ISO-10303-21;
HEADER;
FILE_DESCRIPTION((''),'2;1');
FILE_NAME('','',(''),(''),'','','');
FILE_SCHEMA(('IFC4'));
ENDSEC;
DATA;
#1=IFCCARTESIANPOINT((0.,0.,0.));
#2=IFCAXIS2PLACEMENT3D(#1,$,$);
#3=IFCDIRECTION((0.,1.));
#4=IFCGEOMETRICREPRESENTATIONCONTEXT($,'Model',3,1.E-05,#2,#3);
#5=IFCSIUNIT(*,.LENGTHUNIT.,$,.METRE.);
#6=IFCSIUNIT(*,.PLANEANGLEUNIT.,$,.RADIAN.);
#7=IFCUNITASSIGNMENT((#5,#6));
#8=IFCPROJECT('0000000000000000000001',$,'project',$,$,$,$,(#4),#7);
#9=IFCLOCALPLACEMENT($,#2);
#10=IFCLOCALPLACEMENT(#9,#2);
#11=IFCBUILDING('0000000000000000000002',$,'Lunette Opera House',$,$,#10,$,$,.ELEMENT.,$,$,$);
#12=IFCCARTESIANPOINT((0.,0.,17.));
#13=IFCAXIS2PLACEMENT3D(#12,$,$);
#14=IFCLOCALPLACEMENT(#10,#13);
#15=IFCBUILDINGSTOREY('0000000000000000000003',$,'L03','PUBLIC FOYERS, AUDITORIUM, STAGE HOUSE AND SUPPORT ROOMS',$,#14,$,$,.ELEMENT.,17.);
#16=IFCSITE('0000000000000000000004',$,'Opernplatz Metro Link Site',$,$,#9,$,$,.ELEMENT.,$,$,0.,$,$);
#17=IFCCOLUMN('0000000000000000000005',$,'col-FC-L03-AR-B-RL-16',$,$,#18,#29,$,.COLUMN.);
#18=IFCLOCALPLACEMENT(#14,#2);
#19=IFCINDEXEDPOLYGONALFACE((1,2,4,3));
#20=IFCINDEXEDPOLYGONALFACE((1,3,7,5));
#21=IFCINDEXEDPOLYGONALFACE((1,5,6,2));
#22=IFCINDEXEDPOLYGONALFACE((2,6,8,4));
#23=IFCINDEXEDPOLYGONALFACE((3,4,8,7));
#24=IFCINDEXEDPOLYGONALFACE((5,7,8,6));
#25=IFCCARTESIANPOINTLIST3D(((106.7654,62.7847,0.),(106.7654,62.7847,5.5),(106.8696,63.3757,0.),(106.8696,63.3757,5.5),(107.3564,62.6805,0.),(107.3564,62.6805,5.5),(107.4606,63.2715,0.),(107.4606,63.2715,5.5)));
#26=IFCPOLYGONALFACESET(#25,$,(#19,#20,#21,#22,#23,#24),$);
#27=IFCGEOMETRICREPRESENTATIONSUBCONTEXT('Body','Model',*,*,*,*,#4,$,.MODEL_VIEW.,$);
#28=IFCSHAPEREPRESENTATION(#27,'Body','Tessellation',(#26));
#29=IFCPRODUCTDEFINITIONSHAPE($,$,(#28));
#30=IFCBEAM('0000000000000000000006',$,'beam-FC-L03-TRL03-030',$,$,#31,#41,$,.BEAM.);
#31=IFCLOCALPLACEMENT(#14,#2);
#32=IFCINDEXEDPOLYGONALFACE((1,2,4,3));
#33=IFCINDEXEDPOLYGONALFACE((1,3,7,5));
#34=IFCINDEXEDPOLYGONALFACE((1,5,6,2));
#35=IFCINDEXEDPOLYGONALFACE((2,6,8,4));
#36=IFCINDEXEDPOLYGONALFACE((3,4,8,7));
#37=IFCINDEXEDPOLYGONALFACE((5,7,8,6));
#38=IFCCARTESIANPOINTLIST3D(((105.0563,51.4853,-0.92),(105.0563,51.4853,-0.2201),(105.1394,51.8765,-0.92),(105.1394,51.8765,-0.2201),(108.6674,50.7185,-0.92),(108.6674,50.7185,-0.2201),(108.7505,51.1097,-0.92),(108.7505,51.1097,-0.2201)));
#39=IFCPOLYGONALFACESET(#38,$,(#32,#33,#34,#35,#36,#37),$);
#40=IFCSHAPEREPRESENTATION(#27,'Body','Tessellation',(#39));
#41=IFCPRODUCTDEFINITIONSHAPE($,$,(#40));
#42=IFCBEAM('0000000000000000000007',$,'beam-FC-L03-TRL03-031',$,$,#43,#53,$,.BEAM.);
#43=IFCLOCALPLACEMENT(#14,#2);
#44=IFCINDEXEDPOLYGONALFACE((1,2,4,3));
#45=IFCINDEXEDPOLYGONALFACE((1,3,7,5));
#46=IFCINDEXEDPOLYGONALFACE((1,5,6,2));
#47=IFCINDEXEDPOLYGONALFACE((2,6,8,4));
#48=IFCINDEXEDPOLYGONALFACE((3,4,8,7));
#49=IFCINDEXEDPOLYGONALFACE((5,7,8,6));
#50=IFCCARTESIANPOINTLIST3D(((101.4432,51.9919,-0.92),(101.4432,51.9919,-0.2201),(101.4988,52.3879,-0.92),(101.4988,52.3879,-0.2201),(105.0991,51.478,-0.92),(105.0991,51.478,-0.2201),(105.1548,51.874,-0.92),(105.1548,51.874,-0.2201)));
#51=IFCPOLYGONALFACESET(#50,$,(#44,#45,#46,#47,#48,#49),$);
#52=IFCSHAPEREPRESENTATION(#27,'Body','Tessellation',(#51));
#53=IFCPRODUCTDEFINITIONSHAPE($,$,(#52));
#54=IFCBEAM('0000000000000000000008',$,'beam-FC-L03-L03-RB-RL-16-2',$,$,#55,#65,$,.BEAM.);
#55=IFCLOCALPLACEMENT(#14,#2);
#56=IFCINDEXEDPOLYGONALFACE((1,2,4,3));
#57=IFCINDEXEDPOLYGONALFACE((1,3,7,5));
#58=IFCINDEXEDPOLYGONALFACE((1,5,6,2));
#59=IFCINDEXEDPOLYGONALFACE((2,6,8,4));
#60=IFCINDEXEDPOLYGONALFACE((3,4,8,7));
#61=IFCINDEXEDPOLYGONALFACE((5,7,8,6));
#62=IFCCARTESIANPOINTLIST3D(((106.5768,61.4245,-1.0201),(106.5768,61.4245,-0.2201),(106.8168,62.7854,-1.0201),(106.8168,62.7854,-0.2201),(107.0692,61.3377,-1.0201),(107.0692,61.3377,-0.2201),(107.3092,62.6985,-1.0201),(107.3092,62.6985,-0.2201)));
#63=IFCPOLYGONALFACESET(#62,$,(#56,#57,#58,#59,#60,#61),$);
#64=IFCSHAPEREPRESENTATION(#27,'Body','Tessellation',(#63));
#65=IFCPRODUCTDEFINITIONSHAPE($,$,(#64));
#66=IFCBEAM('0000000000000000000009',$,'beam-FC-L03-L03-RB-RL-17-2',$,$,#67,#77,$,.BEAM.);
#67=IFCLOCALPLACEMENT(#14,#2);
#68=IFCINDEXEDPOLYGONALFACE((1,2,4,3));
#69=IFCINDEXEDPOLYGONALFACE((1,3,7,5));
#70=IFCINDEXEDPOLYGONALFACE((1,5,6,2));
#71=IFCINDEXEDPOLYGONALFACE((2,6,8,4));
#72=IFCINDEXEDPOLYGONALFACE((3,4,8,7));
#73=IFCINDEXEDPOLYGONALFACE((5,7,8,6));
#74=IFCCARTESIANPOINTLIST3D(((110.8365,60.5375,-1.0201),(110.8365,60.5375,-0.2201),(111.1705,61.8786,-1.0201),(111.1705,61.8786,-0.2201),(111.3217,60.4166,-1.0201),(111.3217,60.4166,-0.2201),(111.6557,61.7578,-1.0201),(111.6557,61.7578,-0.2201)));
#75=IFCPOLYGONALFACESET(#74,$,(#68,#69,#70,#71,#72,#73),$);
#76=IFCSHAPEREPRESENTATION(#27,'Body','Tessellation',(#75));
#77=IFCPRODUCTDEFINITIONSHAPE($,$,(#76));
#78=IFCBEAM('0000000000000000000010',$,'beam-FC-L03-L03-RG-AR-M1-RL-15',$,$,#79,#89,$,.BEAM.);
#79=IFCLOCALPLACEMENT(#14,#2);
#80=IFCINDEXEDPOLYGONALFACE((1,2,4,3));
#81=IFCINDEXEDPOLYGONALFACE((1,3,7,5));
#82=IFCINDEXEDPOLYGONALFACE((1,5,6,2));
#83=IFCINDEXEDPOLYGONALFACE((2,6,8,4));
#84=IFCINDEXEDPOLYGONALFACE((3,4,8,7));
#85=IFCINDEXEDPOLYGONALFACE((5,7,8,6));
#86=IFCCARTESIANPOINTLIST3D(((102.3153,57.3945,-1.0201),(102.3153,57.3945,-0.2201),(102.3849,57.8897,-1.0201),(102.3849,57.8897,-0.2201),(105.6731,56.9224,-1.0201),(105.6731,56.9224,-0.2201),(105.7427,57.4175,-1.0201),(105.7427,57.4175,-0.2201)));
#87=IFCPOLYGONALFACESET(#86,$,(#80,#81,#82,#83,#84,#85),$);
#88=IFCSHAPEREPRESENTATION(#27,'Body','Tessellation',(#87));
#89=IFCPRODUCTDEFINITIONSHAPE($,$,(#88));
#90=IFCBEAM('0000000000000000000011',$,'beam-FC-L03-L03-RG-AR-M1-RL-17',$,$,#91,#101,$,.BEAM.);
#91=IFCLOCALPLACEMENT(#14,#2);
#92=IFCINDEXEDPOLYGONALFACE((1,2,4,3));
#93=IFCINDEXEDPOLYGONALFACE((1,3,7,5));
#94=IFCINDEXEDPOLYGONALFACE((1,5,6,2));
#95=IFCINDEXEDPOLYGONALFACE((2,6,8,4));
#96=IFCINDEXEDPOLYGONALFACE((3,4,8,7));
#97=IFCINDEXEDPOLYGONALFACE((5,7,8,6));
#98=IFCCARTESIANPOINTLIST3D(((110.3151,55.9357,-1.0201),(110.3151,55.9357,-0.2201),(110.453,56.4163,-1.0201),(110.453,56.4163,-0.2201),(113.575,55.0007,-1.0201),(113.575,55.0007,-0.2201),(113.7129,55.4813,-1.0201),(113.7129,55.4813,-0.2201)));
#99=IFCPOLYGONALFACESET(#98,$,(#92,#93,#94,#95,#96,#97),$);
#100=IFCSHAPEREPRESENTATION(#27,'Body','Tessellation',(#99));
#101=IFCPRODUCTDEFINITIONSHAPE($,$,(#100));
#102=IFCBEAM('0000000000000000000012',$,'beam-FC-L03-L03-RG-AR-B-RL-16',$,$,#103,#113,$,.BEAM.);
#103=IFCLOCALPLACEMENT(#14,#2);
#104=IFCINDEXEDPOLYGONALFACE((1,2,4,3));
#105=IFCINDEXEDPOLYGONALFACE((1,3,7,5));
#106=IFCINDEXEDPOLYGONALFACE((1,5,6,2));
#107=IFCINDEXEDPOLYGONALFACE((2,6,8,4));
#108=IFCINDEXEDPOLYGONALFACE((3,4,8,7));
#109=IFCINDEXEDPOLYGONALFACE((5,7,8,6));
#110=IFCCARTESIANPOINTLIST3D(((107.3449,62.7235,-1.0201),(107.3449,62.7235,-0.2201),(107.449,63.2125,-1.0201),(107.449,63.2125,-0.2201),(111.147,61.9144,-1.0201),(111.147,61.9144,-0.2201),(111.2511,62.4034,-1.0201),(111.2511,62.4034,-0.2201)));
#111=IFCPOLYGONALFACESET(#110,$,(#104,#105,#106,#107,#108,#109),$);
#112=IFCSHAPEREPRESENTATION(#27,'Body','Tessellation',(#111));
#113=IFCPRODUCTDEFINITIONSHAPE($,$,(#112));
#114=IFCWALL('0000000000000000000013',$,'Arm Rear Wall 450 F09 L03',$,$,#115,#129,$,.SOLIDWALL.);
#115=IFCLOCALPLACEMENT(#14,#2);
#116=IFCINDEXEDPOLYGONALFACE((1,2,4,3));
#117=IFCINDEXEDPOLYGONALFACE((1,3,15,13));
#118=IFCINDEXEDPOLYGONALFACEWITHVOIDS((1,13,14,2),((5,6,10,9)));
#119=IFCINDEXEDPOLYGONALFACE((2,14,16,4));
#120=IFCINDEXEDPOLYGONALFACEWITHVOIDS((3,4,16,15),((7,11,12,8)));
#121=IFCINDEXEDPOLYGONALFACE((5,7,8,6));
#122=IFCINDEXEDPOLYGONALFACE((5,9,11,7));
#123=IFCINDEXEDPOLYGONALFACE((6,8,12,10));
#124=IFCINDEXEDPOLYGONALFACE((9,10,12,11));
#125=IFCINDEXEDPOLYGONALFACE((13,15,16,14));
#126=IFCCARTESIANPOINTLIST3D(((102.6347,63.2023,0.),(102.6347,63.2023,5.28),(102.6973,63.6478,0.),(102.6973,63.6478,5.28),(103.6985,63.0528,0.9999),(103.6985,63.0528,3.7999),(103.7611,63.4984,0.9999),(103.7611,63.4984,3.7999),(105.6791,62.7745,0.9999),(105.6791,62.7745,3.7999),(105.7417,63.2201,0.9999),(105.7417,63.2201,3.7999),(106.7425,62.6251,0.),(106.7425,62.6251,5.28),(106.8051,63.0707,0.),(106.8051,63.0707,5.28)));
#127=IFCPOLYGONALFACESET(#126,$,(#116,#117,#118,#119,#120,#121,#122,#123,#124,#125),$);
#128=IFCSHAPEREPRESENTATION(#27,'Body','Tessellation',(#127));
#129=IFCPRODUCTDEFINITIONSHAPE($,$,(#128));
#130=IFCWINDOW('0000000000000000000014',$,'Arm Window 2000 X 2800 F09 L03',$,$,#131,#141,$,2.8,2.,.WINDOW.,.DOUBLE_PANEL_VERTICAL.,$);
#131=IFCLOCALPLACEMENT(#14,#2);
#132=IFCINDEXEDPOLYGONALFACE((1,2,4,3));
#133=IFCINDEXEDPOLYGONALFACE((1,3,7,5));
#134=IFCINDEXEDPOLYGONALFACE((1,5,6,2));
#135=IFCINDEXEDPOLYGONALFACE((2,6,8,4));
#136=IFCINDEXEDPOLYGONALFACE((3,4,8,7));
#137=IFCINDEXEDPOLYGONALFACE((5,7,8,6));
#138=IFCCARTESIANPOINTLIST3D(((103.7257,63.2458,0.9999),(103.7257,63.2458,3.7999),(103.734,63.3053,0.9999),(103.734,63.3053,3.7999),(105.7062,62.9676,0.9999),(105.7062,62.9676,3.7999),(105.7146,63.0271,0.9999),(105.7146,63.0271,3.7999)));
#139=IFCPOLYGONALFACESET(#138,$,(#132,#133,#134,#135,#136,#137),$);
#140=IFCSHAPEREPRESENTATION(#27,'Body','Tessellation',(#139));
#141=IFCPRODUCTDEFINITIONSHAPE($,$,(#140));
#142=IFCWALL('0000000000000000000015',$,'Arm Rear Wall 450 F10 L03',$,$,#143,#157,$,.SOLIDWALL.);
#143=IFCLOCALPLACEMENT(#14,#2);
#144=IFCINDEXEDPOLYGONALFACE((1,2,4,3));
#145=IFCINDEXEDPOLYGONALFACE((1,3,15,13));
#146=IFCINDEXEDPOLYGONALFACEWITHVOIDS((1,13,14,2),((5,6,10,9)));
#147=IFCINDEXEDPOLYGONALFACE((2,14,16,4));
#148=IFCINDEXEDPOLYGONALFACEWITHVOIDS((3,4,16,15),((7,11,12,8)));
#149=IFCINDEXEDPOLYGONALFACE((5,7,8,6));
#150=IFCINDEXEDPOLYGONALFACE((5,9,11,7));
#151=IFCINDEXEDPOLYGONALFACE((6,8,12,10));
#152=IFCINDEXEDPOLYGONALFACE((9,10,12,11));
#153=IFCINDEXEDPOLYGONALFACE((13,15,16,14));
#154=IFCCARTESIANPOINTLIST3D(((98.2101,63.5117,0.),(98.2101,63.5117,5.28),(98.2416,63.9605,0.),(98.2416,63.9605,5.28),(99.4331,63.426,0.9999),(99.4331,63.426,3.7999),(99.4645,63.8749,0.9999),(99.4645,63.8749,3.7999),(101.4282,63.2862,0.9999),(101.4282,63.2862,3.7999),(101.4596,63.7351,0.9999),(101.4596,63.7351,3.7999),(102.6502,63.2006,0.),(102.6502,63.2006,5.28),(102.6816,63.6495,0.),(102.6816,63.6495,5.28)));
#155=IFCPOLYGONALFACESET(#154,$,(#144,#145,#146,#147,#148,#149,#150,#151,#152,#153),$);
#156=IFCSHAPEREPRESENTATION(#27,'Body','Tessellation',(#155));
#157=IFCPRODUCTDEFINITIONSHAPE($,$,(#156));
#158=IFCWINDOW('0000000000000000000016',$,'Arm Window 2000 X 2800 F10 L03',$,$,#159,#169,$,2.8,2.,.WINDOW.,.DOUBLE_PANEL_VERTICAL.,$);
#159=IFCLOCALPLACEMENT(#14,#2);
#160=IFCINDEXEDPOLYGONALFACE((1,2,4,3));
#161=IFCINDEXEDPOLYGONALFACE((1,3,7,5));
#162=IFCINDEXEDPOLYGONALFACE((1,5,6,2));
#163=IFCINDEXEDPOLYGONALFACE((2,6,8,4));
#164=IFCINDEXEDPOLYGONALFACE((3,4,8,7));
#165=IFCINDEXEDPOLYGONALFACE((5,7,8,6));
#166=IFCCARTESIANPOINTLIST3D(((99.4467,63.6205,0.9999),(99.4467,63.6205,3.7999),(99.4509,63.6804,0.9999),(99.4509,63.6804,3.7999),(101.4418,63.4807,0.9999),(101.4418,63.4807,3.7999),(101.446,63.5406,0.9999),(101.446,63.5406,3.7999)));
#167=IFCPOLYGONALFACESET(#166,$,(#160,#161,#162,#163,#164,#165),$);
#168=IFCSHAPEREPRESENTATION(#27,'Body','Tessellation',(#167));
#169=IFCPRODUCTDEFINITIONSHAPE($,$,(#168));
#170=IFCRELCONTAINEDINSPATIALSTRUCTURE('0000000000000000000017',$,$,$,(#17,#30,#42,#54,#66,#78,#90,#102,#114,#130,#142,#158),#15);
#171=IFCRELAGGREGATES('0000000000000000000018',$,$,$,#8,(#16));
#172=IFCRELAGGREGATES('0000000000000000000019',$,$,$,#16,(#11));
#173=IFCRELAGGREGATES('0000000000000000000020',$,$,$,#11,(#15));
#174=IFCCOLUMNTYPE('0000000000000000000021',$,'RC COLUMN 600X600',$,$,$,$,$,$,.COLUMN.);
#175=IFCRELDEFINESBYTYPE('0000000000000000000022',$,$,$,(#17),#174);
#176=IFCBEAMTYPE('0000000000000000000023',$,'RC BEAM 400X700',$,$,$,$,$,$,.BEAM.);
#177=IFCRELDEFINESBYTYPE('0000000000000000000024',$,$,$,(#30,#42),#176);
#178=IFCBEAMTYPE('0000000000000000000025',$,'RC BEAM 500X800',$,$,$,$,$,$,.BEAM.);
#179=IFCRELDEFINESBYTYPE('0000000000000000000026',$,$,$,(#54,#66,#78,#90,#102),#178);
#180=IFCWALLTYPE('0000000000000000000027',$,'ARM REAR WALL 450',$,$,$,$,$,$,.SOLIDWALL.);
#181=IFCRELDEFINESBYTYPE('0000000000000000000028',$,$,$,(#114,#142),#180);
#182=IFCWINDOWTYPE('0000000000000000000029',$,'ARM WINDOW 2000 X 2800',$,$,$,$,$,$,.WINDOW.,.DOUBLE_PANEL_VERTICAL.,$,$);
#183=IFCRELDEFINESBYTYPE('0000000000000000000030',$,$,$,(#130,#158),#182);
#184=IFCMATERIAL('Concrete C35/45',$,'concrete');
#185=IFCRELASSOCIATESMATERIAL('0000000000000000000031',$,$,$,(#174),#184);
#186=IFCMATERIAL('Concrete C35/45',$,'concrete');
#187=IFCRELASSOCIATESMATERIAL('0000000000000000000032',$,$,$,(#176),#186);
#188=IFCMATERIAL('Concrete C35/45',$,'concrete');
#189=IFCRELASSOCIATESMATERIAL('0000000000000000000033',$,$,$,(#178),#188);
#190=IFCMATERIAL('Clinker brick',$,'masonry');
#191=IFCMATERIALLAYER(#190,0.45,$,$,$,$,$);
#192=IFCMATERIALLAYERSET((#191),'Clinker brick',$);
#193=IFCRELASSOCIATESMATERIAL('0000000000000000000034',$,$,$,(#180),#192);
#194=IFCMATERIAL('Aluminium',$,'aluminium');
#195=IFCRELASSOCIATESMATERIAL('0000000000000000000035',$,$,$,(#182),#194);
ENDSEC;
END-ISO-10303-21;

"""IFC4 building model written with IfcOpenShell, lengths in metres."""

from ifc_helpers import new_model, si_unit, direction, frame, frame_2d, origin, origin_2d, place, context, subcontext, project, spatial, rectangle, extrude, material, layer, layer_set, material_profile, profile_set, type_object, element, fill, save


model = new_model("IFC4")

# Units and contexts
model_context = context("Model", 3, precision=1e-05, world=origin(), true_north=direction((0.0, 1.0)))
body_context = subcontext(model_context, "Body", "Model", "MODEL_VIEW")
ifc_project = project(units=[si_unit("LENGTHUNIT", "METRE"), si_unit("PLANEANGLEUNIT", "RADIAN")], contexts=[model_context])

# Site, building, storey
site_placement = place(None, origin())
site = spatial("IfcSite", under=ifc_project, at=site_placement, Name="Opernplatz Metro Link Site", CompositionType="ELEMENT", RefElevation=0.0)
building_placement = place(site_placement, origin())
building = spatial("IfcBuilding", under=site, at=building_placement, Name="Lunette Opera House", CompositionType="ELEMENT")
storey_placement = place(building_placement, frame((0.0, 0.0, 17.0)))
storey = spatial("IfcBuildingStorey", under=building, at=storey_placement, Name="L03", Description="PUBLIC FOYERS, AUDITORIUM, STAGE HOUSE AND SUPPORT ROOMS", CompositionType="ELEMENT", Elevation=17.0)

# Column
ifc_material_1 = material(Name="Concrete C35/45", Category="concrete")
ifc_material_profile_1 = material_profile(ifc_material_1, rectangle(XDim=0.6001, YDim=0.6001, at=origin_2d()), Name="RC COLUMN 600X600")
ifc_profile_set_1 = profile_set([ifc_material_profile_1], Name="Concrete C35/45")
column_type = type_object("IfcColumnType", Name="RC COLUMN 600X600", PredefinedType="COLUMN", material=ifc_profile_set_1)
column_placement = place(storey_placement, frame((107.113, 63.0281, 0.0), z_axis=(0.0, 0.0, 1.0), x_axis=(0.984808, -0.173648, 0.0)))
element("IfcColumn", 1, at=column_placement, inside=storey, type_object=column_type, Name="col-FC-L03-AR-B-RL-16", PredefinedType="COLUMN", context=body_context, shape_type="SweptSolid", body=[
    extrude(rectangle(XDim=0.6001, YDim=0.6001, at=origin_2d()), origin(), (0.0, 0.0, 1.0), 5.5),
])

# Beams
ifc_material_2 = material(Name="Concrete C35/45", Category="concrete")
ifc_material_profile_2 = material_profile(ifc_material_2, rectangle(XDim=0.3999, YDim=0.7, at=origin_2d()), Name="RC BEAM 400X700")
ifc_profile_set_2 = profile_set([ifc_material_profile_2], Name="Concrete C35/45")
beam_type_1 = type_object("IfcBeamType", Name="RC BEAM 400X700", PredefinedType="BEAM", material=ifc_profile_set_2)
beam_1_placement = place(storey_placement, frame((108.709, 50.9141, -0.5701), z_axis=(-0.978187, 0.207727, 0.0), x_axis=(-0.207727, -0.978187, 0.0)))
element("IfcBeam", 2, at=beam_1_placement, inside=storey, type_object=beam_type_1, Name="beam-FC-L03-TRL03-030", PredefinedType="BEAM", context=body_context, shape_type="SweptSolid", body=[
    extrude(rectangle(XDim=0.3999, YDim=0.7, at=origin_2d()), origin(), (0.0, 0.0, 1.0), 3.6917),
])
beam_2_placement = place(storey_placement, frame((105.127, 51.676, -0.5701), z_axis=(-0.990264, 0.139199, 0.0), x_axis=(-0.139199, -0.990264, 0.0)))
element("IfcBeam", 3, at=beam_2_placement, inside=storey, type_object=beam_type_1, Name="beam-FC-L03-TRL03-031", PredefinedType="BEAM", context=body_context, shape_type="SweptSolid", body=[
    extrude(rectangle(XDim=0.3999, YDim=0.7, at=origin_2d()), origin(), (0.0, 0.0, 1.0), 3.6919),
])
ifc_material_3 = material(Name="Concrete C35/45", Category="concrete")
ifc_material_profile_3 = material_profile(ifc_material_3, rectangle(XDim=0.5, YDim=0.8, at=origin_2d()), Name="RC BEAM 500X800")
ifc_profile_set_3 = profile_set([ifc_material_profile_3], Name="Concrete C35/45")
beam_type_2 = type_object("IfcBeamType", Name="RC BEAM 500X800", PredefinedType="BEAM", material=ifc_profile_set_3)
beam_3_placement = place(storey_placement, frame((106.823, 61.3811, -0.6201), z_axis=(0.173674, 0.984803, 0.0), x_axis=(-0.984803, 0.173674, 0.0)))
element("IfcBeam", 4, at=beam_3_placement, inside=storey, type_object=beam_type_2, Name="beam-FC-L03-L03-RB-RL-16-2", PredefinedType="BEAM", context=body_context, shape_type="SweptSolid", body=[
    extrude(rectangle(XDim=0.5, YDim=0.8, at=origin_2d()), origin(), (0.0, 0.0, 1.0), 1.3818),
])
beam_4_placement = place(storey_placement, frame((111.0791, 60.4771, -0.6201), z_axis=(0.241663, 0.97036, 0.0), x_axis=(-0.97036, 0.241663, 0.0)))
element("IfcBeam", 5, at=beam_4_placement, inside=storey, type_object=beam_type_2, Name="beam-FC-L03-L03-RB-RL-17-2", PredefinedType="BEAM", context=body_context, shape_type="SweptSolid", body=[
    extrude(rectangle(XDim=0.5, YDim=0.8, at=origin_2d()), origin(), (0.0, 0.0, 1.0), 1.3821),
])
beam_5_placement = place(storey_placement, frame((102.3501, 57.6421, -0.6201), z_axis=(0.990258, -0.139244, 0.0), x_axis=(0.139244, 0.990258, 0.0)))
element("IfcBeam", 6, at=beam_5_placement, inside=storey, type_object=beam_type_2, Name="beam-FC-L03-L03-RG-AR-M1-RL-15", PredefinedType="BEAM", context=body_context, shape_type="SweptSolid", body=[
    extrude(rectangle(XDim=0.5, YDim=0.8, at=origin_2d()), origin(), (0.0, 0.0, 1.0), 3.3909),
])
beam_6_placement = place(storey_placement, frame((110.384, 56.176, -0.6201), z_axis=(0.961241, -0.27571, 0.0), x_axis=(0.27571, 0.961241, 0.0)))
element("IfcBeam", 7, at=beam_6_placement, inside=storey, type_object=beam_type_2, Name="beam-FC-L03-L03-RG-AR-M1-RL-17", PredefinedType="BEAM", context=body_context, shape_type="SweptSolid", body=[
    extrude(rectangle(XDim=0.5, YDim=0.8, at=origin_2d()), origin(), (0.0, 0.0, 1.0), 3.3914),
])
beam_7_placement = place(storey_placement, frame((107.397, 62.968, -0.6201), z_axis=(0.978098, -0.208143, 0.0), x_axis=(0.208143, 0.978098, 0.0)))
element("IfcBeam", 8, at=beam_7_placement, inside=storey, type_object=beam_type_2, Name="beam-FC-L03-L03-RG-AR-B-RL-16", PredefinedType="BEAM", context=body_context, shape_type="SweptSolid", body=[
    extrude(rectangle(XDim=0.5, YDim=0.8, at=origin_2d()), origin(), (0.0, 0.0, 1.0), 3.8872),
])

# Walls, openings, windows
ifc_material_4 = material(Name="Clinker brick", Category="masonry")
ifc_layer_1 = layer(ifc_material_4, 0.45)
ifc_layer_set_1 = layer_set([ifc_layer_1], Name="Clinker brick")
wall_type_1 = type_object("IfcWallType", Name="ARM REAR WALL 450", PredefinedType="SOLIDWALL", material=ifc_layer_set_1)
wall_1_placement = place(storey_placement, frame((106.7739, 62.8479, 0.0), z_axis=(0.0, 0.0, 1.0), x_axis=(-0.990274, 0.13913, 0.0)))
wall_1 = element("IfcWall", 9, at=wall_1_placement, inside=storey, type_object=wall_type_1, Name="Arm Rear Wall 450 F09 L03", PredefinedType="SOLIDWALL", context=body_context, shape_type="SweptSolid", body=[
    extrude(rectangle(XDim=4.1482, YDim=0.45, at=frame_2d((2.0742, 0.0))), origin(), (0.0, 0.0, 1.0), 5.28),
])
opening_1_placement = place(wall_1_placement, frame((1.074, 0.0, 1.0)))
opening_1 = element("IfcOpeningElement", 10, at=opening_1_placement, cuts=wall_1, PredefinedType="OPENING", context=body_context, shape_type="SweptSolid", body=[
    extrude(rectangle(XDim=2.0, YDim=2.8, at=frame_2d((1.0, 1.3999))), frame((0.0, 0.2371, 0.0), z_axis=(0.0, -1.0, 0.0), x_axis=(1.0, 0.0, 0.0)), (0.0, 0.0, 1.0), 0.4739),
])
ifc_material_5 = material(Name="Aluminium", Category="aluminium")
window_type_1 = type_object("IfcWindowType", Name="ARM WINDOW 2000 X 2800", PartitioningType="DOUBLE_PANEL_VERTICAL", PredefinedType="WINDOW", material=ifc_material_5)
window_1_placement = place(opening_1_placement, origin())
window_1 = element("IfcWindow", 11, at=window_1_placement, inside=storey, type_object=window_type_1, Name="Arm Window 2000 X 2800 F09 L03", OverallHeight=2.8, OverallWidth=2.0, PartitioningType="DOUBLE_PANEL_VERTICAL", PredefinedType="WINDOW", context=body_context, shape_type="SweptSolid", body=[
    extrude(rectangle(XDim=2.0, YDim=2.8, at=frame_2d((1.0, 1.3999))), frame((0.0, 0.03, 0.0), z_axis=(0.0, -1.0, 0.0), x_axis=(1.0, 0.0, 0.0)), (0.0, 0.0, 1.0), 0.0601),
])
fill(opening_1, window_1)
wall_2_placement = place(storey_placement, frame((102.666, 63.425, 0.0), z_axis=(0.0, 0.0, 1.0), x_axis=(-0.997555, 0.069883, 0.0)))
wall_2 = element("IfcWall", 12, at=wall_2_placement, inside=storey, type_object=wall_type_1, Name="Arm Rear Wall 450 F10 L03", PredefinedType="SOLIDWALL", context=body_context, shape_type="SweptSolid", body=[
    extrude(rectangle(XDim=4.4509, YDim=0.45, at=frame_2d((2.2256, 0.0))), origin(), (0.0, 0.0, 1.0), 5.28),
])
opening_2_placement = place(wall_2_placement, frame((1.2251, 0.0, 1.0)))
opening_2 = element("IfcOpeningElement", 13, at=opening_2_placement, cuts=wall_2, PredefinedType="OPENING", context=body_context, shape_type="SweptSolid", body=[
    extrude(rectangle(XDim=2.0, YDim=2.8, at=frame_2d((1.0, 1.3999))), frame((0.0, 0.2371, 0.0), z_axis=(0.0, -1.0, 0.0), x_axis=(1.0, 0.0, 0.0)), (0.0, 0.0, 1.0), 0.4739),
])
window_2_placement = place(opening_2_placement, origin())
window_2 = element("IfcWindow", 14, at=window_2_placement, inside=storey, type_object=window_type_1, Name="Arm Window 2000 X 2800 F10 L03", OverallHeight=2.8, OverallWidth=2.0, PartitioningType="DOUBLE_PANEL_VERTICAL", PredefinedType="WINDOW", context=body_context, shape_type="SweptSolid", body=[
    extrude(rectangle(XDim=2.0, YDim=2.8, at=frame_2d((1.0, 1.3999))), frame((0.0, 0.03, 0.0), z_axis=(0.0, -1.0, 0.0), x_axis=(1.0, 0.0, 0.0)), (0.0, 0.0, 1.0), 0.0601),
])
fill(opening_2, window_2)

save(model, "model.ifc")
